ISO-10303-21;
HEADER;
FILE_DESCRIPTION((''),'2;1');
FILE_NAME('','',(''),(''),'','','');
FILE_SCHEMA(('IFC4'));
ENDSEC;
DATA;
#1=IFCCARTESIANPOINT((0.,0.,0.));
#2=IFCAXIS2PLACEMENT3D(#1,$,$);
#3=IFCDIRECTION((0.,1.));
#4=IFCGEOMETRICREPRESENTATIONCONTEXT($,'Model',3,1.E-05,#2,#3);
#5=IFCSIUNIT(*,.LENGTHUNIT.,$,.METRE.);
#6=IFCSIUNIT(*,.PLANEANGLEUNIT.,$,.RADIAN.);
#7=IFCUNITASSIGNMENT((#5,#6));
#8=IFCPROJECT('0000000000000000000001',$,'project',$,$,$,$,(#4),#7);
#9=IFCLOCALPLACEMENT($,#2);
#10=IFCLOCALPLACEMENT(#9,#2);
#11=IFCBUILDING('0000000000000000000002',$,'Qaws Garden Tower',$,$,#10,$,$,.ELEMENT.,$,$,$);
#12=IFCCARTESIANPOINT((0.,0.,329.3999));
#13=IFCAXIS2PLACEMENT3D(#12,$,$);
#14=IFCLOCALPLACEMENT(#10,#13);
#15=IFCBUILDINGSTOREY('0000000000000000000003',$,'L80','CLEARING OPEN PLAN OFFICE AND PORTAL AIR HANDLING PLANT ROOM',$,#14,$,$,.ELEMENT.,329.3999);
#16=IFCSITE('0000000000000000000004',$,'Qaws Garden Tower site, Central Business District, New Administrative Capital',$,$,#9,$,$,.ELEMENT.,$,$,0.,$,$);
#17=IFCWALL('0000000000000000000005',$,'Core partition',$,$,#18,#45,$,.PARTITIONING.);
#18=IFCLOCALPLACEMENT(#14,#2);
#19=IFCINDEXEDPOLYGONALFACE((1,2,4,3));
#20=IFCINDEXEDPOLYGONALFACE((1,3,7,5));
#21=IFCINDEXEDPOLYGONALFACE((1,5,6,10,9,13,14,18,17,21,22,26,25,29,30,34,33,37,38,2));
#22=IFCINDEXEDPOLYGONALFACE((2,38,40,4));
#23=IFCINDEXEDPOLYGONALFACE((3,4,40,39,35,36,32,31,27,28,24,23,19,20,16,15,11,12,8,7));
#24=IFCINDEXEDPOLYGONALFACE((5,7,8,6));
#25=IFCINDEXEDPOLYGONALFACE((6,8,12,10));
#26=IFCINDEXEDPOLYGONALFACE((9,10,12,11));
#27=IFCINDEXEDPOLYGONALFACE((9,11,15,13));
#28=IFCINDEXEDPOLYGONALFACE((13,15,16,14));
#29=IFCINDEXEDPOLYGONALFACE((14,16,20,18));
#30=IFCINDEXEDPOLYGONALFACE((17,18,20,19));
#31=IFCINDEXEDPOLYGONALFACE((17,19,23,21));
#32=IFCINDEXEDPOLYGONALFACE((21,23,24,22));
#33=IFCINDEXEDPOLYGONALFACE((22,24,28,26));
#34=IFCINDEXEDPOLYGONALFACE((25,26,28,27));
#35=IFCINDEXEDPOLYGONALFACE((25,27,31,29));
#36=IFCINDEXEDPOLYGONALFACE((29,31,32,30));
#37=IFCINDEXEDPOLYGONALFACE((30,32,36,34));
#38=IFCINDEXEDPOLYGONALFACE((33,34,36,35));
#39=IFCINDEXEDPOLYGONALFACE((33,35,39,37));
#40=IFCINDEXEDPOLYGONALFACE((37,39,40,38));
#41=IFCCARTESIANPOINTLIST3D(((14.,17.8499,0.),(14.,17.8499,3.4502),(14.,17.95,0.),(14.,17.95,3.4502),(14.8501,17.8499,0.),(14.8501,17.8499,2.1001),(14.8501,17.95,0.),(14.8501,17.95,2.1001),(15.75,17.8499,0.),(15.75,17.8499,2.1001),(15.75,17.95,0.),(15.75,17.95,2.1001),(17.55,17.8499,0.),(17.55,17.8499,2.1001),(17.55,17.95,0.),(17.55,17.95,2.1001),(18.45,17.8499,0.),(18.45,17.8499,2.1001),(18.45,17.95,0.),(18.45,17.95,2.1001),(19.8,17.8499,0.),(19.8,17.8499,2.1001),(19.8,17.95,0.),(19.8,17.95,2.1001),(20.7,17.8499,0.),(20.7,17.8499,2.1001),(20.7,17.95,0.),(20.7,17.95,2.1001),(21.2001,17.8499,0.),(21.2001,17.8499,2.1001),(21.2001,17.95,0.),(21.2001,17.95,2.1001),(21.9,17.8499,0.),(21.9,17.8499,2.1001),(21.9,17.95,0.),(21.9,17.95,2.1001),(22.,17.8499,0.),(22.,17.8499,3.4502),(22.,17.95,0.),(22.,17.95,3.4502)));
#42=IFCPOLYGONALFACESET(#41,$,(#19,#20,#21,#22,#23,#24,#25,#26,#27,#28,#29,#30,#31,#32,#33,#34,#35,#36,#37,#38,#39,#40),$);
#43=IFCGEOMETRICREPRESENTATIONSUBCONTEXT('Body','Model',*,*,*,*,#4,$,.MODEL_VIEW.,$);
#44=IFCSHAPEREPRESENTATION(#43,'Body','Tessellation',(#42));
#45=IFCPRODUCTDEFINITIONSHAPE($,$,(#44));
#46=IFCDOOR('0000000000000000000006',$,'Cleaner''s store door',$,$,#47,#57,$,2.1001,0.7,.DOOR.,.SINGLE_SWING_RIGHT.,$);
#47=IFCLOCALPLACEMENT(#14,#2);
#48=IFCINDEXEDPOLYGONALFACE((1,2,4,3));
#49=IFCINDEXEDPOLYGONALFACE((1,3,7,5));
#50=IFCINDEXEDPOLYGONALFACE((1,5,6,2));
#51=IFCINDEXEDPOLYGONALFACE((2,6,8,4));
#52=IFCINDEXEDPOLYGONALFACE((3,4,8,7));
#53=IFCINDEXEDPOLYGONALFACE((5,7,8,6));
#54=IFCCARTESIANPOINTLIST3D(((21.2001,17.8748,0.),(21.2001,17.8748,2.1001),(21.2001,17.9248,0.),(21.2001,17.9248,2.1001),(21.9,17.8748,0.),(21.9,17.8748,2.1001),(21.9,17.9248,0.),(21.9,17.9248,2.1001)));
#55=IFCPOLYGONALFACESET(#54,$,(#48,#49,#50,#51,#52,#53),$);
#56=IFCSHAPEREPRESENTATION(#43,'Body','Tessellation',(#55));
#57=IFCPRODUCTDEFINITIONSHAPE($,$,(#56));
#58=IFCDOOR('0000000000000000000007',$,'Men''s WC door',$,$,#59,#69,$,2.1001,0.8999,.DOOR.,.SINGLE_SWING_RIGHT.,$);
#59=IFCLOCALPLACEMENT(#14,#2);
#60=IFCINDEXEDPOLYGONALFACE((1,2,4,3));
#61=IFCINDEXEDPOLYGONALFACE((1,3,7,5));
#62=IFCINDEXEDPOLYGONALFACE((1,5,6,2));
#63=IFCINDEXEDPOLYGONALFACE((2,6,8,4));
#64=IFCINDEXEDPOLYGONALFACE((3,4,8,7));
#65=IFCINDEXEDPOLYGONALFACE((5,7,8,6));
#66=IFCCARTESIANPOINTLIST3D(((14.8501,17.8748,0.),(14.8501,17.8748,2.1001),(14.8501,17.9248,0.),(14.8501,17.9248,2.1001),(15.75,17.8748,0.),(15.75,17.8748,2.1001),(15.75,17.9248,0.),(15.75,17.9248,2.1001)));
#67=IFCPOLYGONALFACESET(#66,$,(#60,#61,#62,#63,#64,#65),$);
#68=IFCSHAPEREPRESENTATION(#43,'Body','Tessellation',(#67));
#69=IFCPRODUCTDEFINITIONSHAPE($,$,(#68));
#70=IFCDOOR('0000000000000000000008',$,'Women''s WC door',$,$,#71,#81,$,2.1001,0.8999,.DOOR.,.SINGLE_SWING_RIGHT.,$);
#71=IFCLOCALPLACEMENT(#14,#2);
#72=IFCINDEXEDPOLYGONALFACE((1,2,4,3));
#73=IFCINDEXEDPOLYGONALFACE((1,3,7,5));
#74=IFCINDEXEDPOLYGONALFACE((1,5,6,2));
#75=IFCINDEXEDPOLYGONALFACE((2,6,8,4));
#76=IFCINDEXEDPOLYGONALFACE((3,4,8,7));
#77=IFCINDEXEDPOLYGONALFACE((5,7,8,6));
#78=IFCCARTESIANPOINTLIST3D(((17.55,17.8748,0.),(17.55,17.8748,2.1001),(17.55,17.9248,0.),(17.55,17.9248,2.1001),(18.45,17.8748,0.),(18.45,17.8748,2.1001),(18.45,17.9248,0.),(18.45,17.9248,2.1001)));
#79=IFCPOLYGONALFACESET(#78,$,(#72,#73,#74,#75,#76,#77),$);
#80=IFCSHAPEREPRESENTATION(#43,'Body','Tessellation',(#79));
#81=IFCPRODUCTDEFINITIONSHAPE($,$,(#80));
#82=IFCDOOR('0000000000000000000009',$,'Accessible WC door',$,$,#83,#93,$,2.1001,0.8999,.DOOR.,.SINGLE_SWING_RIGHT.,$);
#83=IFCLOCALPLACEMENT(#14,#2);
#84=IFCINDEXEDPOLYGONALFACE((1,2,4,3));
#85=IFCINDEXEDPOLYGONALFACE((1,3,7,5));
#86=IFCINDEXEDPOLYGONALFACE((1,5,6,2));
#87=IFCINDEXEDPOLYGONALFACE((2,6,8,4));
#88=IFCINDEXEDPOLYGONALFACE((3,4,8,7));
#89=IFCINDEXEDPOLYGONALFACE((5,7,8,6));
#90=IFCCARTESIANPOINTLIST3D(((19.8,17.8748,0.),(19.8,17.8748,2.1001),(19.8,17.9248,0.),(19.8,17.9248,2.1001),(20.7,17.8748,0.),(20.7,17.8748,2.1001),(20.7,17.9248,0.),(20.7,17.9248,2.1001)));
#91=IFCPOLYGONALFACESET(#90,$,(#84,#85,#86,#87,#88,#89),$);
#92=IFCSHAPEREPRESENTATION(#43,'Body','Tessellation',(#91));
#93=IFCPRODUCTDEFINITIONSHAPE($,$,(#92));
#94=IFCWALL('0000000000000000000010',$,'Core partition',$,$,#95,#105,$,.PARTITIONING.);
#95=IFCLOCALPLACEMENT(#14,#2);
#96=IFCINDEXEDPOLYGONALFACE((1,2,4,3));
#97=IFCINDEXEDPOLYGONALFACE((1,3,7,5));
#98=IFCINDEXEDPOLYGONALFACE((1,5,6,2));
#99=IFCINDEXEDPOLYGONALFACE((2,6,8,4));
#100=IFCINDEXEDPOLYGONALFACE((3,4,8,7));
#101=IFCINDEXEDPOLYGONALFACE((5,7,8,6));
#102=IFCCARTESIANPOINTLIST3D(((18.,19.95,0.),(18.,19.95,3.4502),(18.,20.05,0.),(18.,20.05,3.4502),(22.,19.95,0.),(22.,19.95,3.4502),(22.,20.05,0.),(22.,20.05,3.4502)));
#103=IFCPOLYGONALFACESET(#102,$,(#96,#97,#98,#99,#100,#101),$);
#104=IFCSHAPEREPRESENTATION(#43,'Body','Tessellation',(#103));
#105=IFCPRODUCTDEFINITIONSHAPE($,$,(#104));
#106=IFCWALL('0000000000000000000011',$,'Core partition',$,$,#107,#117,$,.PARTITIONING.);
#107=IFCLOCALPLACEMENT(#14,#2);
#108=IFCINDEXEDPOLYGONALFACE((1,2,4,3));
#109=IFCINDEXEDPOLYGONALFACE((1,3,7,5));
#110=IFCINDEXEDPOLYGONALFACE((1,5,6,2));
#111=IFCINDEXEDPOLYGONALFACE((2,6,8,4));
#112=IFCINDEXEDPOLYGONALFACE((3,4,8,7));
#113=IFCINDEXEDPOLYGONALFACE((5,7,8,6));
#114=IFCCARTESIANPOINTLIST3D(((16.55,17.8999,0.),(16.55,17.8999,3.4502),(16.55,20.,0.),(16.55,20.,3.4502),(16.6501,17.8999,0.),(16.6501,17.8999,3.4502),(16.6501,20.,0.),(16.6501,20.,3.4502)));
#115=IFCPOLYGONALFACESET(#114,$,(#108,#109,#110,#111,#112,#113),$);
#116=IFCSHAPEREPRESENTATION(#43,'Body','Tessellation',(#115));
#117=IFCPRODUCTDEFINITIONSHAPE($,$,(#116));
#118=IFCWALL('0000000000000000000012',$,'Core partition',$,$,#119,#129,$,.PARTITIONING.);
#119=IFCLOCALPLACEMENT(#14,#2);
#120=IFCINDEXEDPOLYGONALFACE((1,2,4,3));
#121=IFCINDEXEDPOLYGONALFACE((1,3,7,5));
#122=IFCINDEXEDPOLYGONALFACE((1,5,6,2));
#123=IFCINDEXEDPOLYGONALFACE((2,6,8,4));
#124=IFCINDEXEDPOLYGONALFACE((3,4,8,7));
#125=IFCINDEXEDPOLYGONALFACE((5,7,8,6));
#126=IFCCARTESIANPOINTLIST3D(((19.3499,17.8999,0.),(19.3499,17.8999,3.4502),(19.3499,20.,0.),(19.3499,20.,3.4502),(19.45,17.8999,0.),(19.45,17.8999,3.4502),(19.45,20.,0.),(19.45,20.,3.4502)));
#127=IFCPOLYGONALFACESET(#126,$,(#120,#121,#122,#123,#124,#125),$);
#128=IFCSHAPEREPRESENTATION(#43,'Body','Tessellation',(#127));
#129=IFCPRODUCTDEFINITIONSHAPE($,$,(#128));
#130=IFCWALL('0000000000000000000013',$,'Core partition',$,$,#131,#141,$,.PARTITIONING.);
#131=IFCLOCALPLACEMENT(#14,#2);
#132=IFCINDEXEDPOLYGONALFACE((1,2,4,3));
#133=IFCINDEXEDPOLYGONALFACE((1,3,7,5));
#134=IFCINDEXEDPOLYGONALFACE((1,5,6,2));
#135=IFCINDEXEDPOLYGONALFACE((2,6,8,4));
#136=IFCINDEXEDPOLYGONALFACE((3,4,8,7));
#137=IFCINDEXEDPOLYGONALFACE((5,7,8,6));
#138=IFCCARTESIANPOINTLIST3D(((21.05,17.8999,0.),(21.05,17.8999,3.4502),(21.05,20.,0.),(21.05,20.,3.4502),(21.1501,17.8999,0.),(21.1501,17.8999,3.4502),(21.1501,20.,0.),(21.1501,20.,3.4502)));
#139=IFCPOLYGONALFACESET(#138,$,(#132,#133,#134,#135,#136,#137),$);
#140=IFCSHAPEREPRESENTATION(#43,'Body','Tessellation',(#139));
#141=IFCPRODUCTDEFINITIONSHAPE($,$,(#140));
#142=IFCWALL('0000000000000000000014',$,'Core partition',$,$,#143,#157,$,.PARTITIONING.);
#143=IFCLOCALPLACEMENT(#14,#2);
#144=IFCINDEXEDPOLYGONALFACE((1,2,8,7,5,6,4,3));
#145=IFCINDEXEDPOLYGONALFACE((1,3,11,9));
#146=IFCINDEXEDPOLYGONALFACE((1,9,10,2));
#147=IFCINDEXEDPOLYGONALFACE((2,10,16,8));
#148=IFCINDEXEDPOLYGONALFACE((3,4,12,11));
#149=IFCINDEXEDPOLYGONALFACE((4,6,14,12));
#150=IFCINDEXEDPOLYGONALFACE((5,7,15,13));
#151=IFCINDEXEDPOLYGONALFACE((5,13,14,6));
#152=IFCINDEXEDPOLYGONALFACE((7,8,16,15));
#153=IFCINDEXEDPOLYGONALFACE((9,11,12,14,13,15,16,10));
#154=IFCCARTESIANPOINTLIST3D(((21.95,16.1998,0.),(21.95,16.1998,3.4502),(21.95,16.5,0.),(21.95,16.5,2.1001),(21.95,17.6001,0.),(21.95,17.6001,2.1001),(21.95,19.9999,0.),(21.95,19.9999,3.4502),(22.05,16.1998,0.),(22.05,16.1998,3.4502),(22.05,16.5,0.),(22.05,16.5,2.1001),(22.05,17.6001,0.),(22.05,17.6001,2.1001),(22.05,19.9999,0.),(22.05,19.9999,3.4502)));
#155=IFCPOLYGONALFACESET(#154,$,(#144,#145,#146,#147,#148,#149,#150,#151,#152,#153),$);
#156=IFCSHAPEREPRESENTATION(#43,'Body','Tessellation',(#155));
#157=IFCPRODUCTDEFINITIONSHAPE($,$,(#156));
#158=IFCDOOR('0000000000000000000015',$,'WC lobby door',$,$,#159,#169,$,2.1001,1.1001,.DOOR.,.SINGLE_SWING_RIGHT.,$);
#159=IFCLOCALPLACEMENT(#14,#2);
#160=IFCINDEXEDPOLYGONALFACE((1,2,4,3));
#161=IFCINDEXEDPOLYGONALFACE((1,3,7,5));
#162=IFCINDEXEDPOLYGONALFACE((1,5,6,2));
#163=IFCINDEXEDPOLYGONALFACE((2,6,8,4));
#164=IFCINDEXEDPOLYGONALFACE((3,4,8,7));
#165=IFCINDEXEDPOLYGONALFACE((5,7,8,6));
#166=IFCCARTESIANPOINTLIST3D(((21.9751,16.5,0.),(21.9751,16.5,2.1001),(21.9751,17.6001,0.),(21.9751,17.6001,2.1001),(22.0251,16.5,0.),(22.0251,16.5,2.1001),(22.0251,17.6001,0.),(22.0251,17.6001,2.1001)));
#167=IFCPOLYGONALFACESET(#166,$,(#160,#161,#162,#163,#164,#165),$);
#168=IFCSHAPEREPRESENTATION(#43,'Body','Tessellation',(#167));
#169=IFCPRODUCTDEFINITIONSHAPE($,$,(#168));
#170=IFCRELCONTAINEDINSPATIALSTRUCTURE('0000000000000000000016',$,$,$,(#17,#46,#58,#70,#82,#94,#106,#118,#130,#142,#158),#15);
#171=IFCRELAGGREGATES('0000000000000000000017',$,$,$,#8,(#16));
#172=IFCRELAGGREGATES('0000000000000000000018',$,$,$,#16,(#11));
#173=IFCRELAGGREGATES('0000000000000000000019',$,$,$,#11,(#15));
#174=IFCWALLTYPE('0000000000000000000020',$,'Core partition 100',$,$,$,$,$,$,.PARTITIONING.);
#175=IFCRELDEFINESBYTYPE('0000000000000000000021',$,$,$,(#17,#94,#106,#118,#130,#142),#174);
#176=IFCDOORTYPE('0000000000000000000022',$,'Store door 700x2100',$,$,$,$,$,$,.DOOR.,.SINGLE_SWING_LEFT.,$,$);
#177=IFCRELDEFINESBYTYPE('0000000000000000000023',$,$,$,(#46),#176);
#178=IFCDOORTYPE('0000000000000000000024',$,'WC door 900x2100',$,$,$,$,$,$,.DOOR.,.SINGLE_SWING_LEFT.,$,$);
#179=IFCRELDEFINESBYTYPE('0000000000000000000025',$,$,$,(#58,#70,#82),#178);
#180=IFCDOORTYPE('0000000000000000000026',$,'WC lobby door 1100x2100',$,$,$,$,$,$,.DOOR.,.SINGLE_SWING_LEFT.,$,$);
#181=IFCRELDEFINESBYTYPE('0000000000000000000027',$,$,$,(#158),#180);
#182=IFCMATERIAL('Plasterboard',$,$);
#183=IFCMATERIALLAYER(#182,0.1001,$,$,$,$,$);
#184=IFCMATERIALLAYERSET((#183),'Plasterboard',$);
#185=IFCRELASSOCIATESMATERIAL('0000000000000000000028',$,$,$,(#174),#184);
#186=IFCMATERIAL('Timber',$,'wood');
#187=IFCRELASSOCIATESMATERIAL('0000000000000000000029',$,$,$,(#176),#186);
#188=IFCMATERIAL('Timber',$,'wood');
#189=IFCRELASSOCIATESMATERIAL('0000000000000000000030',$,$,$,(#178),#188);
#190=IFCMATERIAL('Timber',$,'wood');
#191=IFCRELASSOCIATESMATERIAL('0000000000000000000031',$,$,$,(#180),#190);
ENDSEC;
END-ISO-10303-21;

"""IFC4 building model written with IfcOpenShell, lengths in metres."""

from ifc_helpers import new_model, si_unit, direction, frame, frame_2d, origin, place, context, subcontext, project, spatial, rectangle, extrude, material, layer, layer_set, type_object, element, fill, save


model = new_model("IFC4")

# Units and contexts
model_context = context("Model", 3, precision=1e-05, world=origin(), true_north=direction((0.0, 1.0)))
body_context = subcontext(model_context, "Body", "Model", "MODEL_VIEW")
ifc_project = project(units=[si_unit("LENGTHUNIT", "METRE"), si_unit("PLANEANGLEUNIT", "RADIAN")], contexts=[model_context])

# Site, building, storey
site_placement = place(None, origin())
site = spatial("IfcSite", under=ifc_project, at=site_placement, Name="Qaws Garden Tower site, Central Business District, New Administrative Capital", CompositionType="ELEMENT", RefElevation=0.0)
building_placement = place(site_placement, origin())
building = spatial("IfcBuilding", under=site, at=building_placement, Name="Qaws Garden Tower", CompositionType="ELEMENT")
storey_placement = place(building_placement, frame((0.0, 0.0, 329.3999)))
storey = spatial("IfcBuildingStorey", under=building, at=storey_placement, Name="L80", Description="CLEARING OPEN PLAN OFFICE AND PORTAL AIR HANDLING PLANT ROOM", CompositionType="ELEMENT", Elevation=329.3999)

# Wall, openings, doors
ifc_material_1 = material(Name="Plasterboard")
ifc_layer_1 = layer(ifc_material_1, 0.1001)
ifc_layer_set_1 = layer_set([ifc_layer_1], Name="Plasterboard")
wall_type_1 = type_object("IfcWallType", Name="Core partition 100", PredefinedType="PARTITIONING", material=ifc_layer_set_1)
wall_1_placement = place(storey_placement, frame((14.0, 17.8999, 0.0), z_axis=(0.0, 0.0, 1.0), x_axis=(1.0, 0.0, 0.0)))
wall_1 = element("IfcWall", 1, at=wall_1_placement, inside=storey, type_object=wall_type_1, Name="Core partition", PredefinedType="PARTITIONING", context=body_context, shape_type="SweptSolid", body=[
    extrude(rectangle(XDim=8.0, YDim=0.1001, at=frame_2d((4.0, 0.0))), origin(), (0.0, 0.0, 1.0), 3.4502),
])
opening_1_placement = place(wall_1_placement, frame((0.8501, 0.0, 0.0)))
opening_1 = element("IfcOpeningElement", 2, at=opening_1_placement, cuts=wall_1, PredefinedType="OPENING", context=body_context, shape_type="SweptSolid", body=[
    extrude(rectangle(XDim=0.8999, YDim=2.1001, at=frame_2d((0.45, 1.05))), frame((0.0, 0.0601, 0.0), z_axis=(0.0, -1.0, 0.0), x_axis=(1.0, 0.0, 0.0)), (0.0, 0.0, 1.0), 0.1201),
])
opening_2_placement = place(wall_1_placement, frame((3.55, 0.0, 0.0)))
opening_2 = element("IfcOpeningElement", 3, at=opening_2_placement, cuts=wall_1, PredefinedType="OPENING", context=body_context, shape_type="SweptSolid", body=[
    extrude(rectangle(XDim=0.8999, YDim=2.1001, at=frame_2d((0.45, 1.05))), frame((0.0, 0.0601, 0.0), z_axis=(0.0, -1.0, 0.0), x_axis=(1.0, 0.0, 0.0)), (0.0, 0.0, 1.0), 0.1201),
])
opening_3_placement = place(wall_1_placement, frame((5.8, 0.0, 0.0)))
opening_3 = element("IfcOpeningElement", 4, at=opening_3_placement, cuts=wall_1, PredefinedType="OPENING", context=body_context, shape_type="SweptSolid", body=[
    extrude(rectangle(XDim=0.8999, YDim=2.1001, at=frame_2d((0.45, 1.05))), frame((0.0, 0.0601, 0.0), z_axis=(0.0, -1.0, 0.0), x_axis=(1.0, 0.0, 0.0)), (0.0, 0.0, 1.0), 0.1201),
])
opening_4_placement = place(wall_1_placement, frame((7.2, 0.0, 0.0)))
opening_4 = element("IfcOpeningElement", 5, at=opening_4_placement, cuts=wall_1, PredefinedType="OPENING", context=body_context, shape_type="SweptSolid", body=[
    extrude(rectangle(XDim=0.7, YDim=2.1001, at=frame_2d((0.3501, 1.05))), frame((0.0, 0.0601, 0.0), z_axis=(0.0, -1.0, 0.0), x_axis=(1.0, 0.0, 0.0)), (0.0, 0.0, 1.0), 0.1201),
])
ifc_material_2 = material(Name="Timber", Category="wood")
door_type_1 = type_object("IfcDoorType", Name="Store door 700x2100", OperationType="SINGLE_SWING_LEFT", PredefinedType="DOOR", material=ifc_material_2)
door_1_placement = place(opening_4_placement, origin())
door_1 = element("IfcDoor", 6, at=door_1_placement, inside=storey, type_object=door_type_1, Name="Cleaner's store door", OperationType="SINGLE_SWING_RIGHT", OverallHeight=2.1001, OverallWidth=0.7, PredefinedType="DOOR", context=body_context, shape_type="SweptSolid", body=[
    extrude(rectangle(XDim=0.7, YDim=2.1001, at=frame_2d((0.3501, 1.05))), frame((0.0, 0.0249, 0.0), z_axis=(0.0, -1.0, 0.0), x_axis=(1.0, 0.0, 0.0)), (0.0, 0.0, 1.0), 0.05),
])
fill(opening_4, door_1)
ifc_material_3 = material(Name="Timber", Category="wood")
door_type_2 = type_object("IfcDoorType", Name="WC door 900x2100", OperationType="SINGLE_SWING_LEFT", PredefinedType="DOOR", material=ifc_material_3)
door_2_placement = place(opening_1_placement, origin())
door_2 = element("IfcDoor", 7, at=door_2_placement, inside=storey, type_object=door_type_2, Name="Men's WC door", OperationType="SINGLE_SWING_RIGHT", OverallHeight=2.1001, OverallWidth=0.8999, PredefinedType="DOOR", context=body_context, shape_type="SweptSolid", body=[
    extrude(rectangle(XDim=0.8999, YDim=2.1001, at=frame_2d((0.45, 1.05))), frame((0.0, 0.0249, 0.0), z_axis=(0.0, -1.0, 0.0), x_axis=(1.0, 0.0, 0.0)), (0.0, 0.0, 1.0), 0.05),
])
fill(opening_1, door_2)
door_3_placement = place(opening_2_placement, origin())
door_3 = element("IfcDoor", 8, at=door_3_placement, inside=storey, type_object=door_type_2, Name="Women's WC door", OperationType="SINGLE_SWING_RIGHT", OverallHeight=2.1001, OverallWidth=0.8999, PredefinedType="DOOR", context=body_context, shape_type="SweptSolid", body=[
    extrude(rectangle(XDim=0.8999, YDim=2.1001, at=frame_2d((0.45, 1.05))), frame((0.0, 0.0249, 0.0), z_axis=(0.0, -1.0, 0.0), x_axis=(1.0, 0.0, 0.0)), (0.0, 0.0, 1.0), 0.05),
])
fill(opening_2, door_3)
door_4_placement = place(opening_3_placement, origin())
door_4 = element("IfcDoor", 9, at=door_4_placement, inside=storey, type_object=door_type_2, Name="Accessible WC door", OperationType="SINGLE_SWING_RIGHT", OverallHeight=2.1001, OverallWidth=0.8999, PredefinedType="DOOR", context=body_context, shape_type="SweptSolid", body=[
    extrude(rectangle(XDim=0.8999, YDim=2.1001, at=frame_2d((0.45, 1.05))), frame((0.0, 0.0249, 0.0), z_axis=(0.0, -1.0, 0.0), x_axis=(1.0, 0.0, 0.0)), (0.0, 0.0, 1.0), 0.05),
])
fill(opening_3, door_4)

# Walls
wall_2_placement = place(storey_placement, frame((18.0, 20.0, 0.0), z_axis=(0.0, 0.0, 1.0), x_axis=(1.0, 0.0, 0.0)))
element("IfcWall", 10, at=wall_2_placement, inside=storey, type_object=wall_type_1, Name="Core partition", PredefinedType="PARTITIONING", context=body_context, shape_type="SweptSolid", body=[
    extrude(rectangle(XDim=4.0, YDim=0.1001, at=frame_2d((2.0, 0.0))), origin(), (0.0, 0.0, 1.0), 3.4502),
])
for number, where, z_axis, x_axis, name in (
    (11, (16.6001, 17.8999, 0.0), (0.0, 0.0, 1.0), (0.0, 1.0, 0.0), "Core partition"),
    (12, (19.3999, 17.8999, 0.0), (0.0, 0.0, 1.0), (0.0, 1.0, 0.0), "Core partition"),
    (13, (21.1001, 17.8999, 0.0), (0.0, 0.0, 1.0), (0.0, 1.0, 0.0), "Core partition"),
):
    element("IfcWall", number, at=place(storey_placement, frame(where, z_axis=z_axis, x_axis=x_axis)), inside=storey, type_object=wall_type_1, Name=name, PredefinedType="PARTITIONING", context=body_context, shape_type="SweptSolid", body=[
        extrude(rectangle(XDim=2.1001, YDim=0.1001, at=frame_2d((1.05, 0.0))), origin(), (0.0, 0.0, 1.0), 3.4502),
    ])

# Wall, opening, door
wall_3_placement = place(storey_placement, frame((22.0, 16.2, 0.0), z_axis=(0.0, 0.0, 1.0), x_axis=(0.0, 1.0, 0.0)))
wall_3 = element("IfcWall", 14, at=wall_3_placement, inside=storey, type_object=wall_type_1, Name="Core partition", PredefinedType="PARTITIONING", context=body_context, shape_type="SweptSolid", body=[
    extrude(rectangle(XDim=3.8, YDim=0.1001, at=frame_2d((1.8999, 0.0))), origin(), (0.0, 0.0, 1.0), 3.4502),
])
opening_5_placement = place(wall_3_placement, frame((0.3, 0.0, 0.0)))
opening_5 = element("IfcOpeningElement", 15, at=opening_5_placement, cuts=wall_3, PredefinedType="OPENING", context=body_context, shape_type="SweptSolid", body=[
    extrude(rectangle(XDim=1.1001, YDim=2.1001, at=frame_2d((0.55, 1.05))), frame((0.0, 0.0601, 0.0), z_axis=(0.0, -1.0, 0.0), x_axis=(1.0, 0.0, 0.0)), (0.0, 0.0, 1.0), 0.1201),
])
ifc_material_4 = material(Name="Timber", Category="wood")
door_type_3 = type_object("IfcDoorType", Name="WC lobby door 1100x2100", OperationType="SINGLE_SWING_LEFT", PredefinedType="DOOR", material=ifc_material_4)
door_5_placement = place(opening_5_placement, origin())
door_5 = element("IfcDoor", 16, at=door_5_placement, inside=storey, type_object=door_type_3, Name="WC lobby door", OperationType="SINGLE_SWING_RIGHT", OverallHeight=2.1001, OverallWidth=1.1001, PredefinedType="DOOR", context=body_context, shape_type="SweptSolid", body=[
    extrude(rectangle(XDim=1.1001, YDim=2.1001, at=frame_2d((0.55, 1.05))), frame((0.0, 0.0249, 0.0), z_axis=(0.0, -1.0, 0.0), x_axis=(1.0, 0.0, 0.0)), (0.0, 0.0, 1.0), 0.05),
])
fill(opening_5, door_5)

save(model, "model.ifc")
